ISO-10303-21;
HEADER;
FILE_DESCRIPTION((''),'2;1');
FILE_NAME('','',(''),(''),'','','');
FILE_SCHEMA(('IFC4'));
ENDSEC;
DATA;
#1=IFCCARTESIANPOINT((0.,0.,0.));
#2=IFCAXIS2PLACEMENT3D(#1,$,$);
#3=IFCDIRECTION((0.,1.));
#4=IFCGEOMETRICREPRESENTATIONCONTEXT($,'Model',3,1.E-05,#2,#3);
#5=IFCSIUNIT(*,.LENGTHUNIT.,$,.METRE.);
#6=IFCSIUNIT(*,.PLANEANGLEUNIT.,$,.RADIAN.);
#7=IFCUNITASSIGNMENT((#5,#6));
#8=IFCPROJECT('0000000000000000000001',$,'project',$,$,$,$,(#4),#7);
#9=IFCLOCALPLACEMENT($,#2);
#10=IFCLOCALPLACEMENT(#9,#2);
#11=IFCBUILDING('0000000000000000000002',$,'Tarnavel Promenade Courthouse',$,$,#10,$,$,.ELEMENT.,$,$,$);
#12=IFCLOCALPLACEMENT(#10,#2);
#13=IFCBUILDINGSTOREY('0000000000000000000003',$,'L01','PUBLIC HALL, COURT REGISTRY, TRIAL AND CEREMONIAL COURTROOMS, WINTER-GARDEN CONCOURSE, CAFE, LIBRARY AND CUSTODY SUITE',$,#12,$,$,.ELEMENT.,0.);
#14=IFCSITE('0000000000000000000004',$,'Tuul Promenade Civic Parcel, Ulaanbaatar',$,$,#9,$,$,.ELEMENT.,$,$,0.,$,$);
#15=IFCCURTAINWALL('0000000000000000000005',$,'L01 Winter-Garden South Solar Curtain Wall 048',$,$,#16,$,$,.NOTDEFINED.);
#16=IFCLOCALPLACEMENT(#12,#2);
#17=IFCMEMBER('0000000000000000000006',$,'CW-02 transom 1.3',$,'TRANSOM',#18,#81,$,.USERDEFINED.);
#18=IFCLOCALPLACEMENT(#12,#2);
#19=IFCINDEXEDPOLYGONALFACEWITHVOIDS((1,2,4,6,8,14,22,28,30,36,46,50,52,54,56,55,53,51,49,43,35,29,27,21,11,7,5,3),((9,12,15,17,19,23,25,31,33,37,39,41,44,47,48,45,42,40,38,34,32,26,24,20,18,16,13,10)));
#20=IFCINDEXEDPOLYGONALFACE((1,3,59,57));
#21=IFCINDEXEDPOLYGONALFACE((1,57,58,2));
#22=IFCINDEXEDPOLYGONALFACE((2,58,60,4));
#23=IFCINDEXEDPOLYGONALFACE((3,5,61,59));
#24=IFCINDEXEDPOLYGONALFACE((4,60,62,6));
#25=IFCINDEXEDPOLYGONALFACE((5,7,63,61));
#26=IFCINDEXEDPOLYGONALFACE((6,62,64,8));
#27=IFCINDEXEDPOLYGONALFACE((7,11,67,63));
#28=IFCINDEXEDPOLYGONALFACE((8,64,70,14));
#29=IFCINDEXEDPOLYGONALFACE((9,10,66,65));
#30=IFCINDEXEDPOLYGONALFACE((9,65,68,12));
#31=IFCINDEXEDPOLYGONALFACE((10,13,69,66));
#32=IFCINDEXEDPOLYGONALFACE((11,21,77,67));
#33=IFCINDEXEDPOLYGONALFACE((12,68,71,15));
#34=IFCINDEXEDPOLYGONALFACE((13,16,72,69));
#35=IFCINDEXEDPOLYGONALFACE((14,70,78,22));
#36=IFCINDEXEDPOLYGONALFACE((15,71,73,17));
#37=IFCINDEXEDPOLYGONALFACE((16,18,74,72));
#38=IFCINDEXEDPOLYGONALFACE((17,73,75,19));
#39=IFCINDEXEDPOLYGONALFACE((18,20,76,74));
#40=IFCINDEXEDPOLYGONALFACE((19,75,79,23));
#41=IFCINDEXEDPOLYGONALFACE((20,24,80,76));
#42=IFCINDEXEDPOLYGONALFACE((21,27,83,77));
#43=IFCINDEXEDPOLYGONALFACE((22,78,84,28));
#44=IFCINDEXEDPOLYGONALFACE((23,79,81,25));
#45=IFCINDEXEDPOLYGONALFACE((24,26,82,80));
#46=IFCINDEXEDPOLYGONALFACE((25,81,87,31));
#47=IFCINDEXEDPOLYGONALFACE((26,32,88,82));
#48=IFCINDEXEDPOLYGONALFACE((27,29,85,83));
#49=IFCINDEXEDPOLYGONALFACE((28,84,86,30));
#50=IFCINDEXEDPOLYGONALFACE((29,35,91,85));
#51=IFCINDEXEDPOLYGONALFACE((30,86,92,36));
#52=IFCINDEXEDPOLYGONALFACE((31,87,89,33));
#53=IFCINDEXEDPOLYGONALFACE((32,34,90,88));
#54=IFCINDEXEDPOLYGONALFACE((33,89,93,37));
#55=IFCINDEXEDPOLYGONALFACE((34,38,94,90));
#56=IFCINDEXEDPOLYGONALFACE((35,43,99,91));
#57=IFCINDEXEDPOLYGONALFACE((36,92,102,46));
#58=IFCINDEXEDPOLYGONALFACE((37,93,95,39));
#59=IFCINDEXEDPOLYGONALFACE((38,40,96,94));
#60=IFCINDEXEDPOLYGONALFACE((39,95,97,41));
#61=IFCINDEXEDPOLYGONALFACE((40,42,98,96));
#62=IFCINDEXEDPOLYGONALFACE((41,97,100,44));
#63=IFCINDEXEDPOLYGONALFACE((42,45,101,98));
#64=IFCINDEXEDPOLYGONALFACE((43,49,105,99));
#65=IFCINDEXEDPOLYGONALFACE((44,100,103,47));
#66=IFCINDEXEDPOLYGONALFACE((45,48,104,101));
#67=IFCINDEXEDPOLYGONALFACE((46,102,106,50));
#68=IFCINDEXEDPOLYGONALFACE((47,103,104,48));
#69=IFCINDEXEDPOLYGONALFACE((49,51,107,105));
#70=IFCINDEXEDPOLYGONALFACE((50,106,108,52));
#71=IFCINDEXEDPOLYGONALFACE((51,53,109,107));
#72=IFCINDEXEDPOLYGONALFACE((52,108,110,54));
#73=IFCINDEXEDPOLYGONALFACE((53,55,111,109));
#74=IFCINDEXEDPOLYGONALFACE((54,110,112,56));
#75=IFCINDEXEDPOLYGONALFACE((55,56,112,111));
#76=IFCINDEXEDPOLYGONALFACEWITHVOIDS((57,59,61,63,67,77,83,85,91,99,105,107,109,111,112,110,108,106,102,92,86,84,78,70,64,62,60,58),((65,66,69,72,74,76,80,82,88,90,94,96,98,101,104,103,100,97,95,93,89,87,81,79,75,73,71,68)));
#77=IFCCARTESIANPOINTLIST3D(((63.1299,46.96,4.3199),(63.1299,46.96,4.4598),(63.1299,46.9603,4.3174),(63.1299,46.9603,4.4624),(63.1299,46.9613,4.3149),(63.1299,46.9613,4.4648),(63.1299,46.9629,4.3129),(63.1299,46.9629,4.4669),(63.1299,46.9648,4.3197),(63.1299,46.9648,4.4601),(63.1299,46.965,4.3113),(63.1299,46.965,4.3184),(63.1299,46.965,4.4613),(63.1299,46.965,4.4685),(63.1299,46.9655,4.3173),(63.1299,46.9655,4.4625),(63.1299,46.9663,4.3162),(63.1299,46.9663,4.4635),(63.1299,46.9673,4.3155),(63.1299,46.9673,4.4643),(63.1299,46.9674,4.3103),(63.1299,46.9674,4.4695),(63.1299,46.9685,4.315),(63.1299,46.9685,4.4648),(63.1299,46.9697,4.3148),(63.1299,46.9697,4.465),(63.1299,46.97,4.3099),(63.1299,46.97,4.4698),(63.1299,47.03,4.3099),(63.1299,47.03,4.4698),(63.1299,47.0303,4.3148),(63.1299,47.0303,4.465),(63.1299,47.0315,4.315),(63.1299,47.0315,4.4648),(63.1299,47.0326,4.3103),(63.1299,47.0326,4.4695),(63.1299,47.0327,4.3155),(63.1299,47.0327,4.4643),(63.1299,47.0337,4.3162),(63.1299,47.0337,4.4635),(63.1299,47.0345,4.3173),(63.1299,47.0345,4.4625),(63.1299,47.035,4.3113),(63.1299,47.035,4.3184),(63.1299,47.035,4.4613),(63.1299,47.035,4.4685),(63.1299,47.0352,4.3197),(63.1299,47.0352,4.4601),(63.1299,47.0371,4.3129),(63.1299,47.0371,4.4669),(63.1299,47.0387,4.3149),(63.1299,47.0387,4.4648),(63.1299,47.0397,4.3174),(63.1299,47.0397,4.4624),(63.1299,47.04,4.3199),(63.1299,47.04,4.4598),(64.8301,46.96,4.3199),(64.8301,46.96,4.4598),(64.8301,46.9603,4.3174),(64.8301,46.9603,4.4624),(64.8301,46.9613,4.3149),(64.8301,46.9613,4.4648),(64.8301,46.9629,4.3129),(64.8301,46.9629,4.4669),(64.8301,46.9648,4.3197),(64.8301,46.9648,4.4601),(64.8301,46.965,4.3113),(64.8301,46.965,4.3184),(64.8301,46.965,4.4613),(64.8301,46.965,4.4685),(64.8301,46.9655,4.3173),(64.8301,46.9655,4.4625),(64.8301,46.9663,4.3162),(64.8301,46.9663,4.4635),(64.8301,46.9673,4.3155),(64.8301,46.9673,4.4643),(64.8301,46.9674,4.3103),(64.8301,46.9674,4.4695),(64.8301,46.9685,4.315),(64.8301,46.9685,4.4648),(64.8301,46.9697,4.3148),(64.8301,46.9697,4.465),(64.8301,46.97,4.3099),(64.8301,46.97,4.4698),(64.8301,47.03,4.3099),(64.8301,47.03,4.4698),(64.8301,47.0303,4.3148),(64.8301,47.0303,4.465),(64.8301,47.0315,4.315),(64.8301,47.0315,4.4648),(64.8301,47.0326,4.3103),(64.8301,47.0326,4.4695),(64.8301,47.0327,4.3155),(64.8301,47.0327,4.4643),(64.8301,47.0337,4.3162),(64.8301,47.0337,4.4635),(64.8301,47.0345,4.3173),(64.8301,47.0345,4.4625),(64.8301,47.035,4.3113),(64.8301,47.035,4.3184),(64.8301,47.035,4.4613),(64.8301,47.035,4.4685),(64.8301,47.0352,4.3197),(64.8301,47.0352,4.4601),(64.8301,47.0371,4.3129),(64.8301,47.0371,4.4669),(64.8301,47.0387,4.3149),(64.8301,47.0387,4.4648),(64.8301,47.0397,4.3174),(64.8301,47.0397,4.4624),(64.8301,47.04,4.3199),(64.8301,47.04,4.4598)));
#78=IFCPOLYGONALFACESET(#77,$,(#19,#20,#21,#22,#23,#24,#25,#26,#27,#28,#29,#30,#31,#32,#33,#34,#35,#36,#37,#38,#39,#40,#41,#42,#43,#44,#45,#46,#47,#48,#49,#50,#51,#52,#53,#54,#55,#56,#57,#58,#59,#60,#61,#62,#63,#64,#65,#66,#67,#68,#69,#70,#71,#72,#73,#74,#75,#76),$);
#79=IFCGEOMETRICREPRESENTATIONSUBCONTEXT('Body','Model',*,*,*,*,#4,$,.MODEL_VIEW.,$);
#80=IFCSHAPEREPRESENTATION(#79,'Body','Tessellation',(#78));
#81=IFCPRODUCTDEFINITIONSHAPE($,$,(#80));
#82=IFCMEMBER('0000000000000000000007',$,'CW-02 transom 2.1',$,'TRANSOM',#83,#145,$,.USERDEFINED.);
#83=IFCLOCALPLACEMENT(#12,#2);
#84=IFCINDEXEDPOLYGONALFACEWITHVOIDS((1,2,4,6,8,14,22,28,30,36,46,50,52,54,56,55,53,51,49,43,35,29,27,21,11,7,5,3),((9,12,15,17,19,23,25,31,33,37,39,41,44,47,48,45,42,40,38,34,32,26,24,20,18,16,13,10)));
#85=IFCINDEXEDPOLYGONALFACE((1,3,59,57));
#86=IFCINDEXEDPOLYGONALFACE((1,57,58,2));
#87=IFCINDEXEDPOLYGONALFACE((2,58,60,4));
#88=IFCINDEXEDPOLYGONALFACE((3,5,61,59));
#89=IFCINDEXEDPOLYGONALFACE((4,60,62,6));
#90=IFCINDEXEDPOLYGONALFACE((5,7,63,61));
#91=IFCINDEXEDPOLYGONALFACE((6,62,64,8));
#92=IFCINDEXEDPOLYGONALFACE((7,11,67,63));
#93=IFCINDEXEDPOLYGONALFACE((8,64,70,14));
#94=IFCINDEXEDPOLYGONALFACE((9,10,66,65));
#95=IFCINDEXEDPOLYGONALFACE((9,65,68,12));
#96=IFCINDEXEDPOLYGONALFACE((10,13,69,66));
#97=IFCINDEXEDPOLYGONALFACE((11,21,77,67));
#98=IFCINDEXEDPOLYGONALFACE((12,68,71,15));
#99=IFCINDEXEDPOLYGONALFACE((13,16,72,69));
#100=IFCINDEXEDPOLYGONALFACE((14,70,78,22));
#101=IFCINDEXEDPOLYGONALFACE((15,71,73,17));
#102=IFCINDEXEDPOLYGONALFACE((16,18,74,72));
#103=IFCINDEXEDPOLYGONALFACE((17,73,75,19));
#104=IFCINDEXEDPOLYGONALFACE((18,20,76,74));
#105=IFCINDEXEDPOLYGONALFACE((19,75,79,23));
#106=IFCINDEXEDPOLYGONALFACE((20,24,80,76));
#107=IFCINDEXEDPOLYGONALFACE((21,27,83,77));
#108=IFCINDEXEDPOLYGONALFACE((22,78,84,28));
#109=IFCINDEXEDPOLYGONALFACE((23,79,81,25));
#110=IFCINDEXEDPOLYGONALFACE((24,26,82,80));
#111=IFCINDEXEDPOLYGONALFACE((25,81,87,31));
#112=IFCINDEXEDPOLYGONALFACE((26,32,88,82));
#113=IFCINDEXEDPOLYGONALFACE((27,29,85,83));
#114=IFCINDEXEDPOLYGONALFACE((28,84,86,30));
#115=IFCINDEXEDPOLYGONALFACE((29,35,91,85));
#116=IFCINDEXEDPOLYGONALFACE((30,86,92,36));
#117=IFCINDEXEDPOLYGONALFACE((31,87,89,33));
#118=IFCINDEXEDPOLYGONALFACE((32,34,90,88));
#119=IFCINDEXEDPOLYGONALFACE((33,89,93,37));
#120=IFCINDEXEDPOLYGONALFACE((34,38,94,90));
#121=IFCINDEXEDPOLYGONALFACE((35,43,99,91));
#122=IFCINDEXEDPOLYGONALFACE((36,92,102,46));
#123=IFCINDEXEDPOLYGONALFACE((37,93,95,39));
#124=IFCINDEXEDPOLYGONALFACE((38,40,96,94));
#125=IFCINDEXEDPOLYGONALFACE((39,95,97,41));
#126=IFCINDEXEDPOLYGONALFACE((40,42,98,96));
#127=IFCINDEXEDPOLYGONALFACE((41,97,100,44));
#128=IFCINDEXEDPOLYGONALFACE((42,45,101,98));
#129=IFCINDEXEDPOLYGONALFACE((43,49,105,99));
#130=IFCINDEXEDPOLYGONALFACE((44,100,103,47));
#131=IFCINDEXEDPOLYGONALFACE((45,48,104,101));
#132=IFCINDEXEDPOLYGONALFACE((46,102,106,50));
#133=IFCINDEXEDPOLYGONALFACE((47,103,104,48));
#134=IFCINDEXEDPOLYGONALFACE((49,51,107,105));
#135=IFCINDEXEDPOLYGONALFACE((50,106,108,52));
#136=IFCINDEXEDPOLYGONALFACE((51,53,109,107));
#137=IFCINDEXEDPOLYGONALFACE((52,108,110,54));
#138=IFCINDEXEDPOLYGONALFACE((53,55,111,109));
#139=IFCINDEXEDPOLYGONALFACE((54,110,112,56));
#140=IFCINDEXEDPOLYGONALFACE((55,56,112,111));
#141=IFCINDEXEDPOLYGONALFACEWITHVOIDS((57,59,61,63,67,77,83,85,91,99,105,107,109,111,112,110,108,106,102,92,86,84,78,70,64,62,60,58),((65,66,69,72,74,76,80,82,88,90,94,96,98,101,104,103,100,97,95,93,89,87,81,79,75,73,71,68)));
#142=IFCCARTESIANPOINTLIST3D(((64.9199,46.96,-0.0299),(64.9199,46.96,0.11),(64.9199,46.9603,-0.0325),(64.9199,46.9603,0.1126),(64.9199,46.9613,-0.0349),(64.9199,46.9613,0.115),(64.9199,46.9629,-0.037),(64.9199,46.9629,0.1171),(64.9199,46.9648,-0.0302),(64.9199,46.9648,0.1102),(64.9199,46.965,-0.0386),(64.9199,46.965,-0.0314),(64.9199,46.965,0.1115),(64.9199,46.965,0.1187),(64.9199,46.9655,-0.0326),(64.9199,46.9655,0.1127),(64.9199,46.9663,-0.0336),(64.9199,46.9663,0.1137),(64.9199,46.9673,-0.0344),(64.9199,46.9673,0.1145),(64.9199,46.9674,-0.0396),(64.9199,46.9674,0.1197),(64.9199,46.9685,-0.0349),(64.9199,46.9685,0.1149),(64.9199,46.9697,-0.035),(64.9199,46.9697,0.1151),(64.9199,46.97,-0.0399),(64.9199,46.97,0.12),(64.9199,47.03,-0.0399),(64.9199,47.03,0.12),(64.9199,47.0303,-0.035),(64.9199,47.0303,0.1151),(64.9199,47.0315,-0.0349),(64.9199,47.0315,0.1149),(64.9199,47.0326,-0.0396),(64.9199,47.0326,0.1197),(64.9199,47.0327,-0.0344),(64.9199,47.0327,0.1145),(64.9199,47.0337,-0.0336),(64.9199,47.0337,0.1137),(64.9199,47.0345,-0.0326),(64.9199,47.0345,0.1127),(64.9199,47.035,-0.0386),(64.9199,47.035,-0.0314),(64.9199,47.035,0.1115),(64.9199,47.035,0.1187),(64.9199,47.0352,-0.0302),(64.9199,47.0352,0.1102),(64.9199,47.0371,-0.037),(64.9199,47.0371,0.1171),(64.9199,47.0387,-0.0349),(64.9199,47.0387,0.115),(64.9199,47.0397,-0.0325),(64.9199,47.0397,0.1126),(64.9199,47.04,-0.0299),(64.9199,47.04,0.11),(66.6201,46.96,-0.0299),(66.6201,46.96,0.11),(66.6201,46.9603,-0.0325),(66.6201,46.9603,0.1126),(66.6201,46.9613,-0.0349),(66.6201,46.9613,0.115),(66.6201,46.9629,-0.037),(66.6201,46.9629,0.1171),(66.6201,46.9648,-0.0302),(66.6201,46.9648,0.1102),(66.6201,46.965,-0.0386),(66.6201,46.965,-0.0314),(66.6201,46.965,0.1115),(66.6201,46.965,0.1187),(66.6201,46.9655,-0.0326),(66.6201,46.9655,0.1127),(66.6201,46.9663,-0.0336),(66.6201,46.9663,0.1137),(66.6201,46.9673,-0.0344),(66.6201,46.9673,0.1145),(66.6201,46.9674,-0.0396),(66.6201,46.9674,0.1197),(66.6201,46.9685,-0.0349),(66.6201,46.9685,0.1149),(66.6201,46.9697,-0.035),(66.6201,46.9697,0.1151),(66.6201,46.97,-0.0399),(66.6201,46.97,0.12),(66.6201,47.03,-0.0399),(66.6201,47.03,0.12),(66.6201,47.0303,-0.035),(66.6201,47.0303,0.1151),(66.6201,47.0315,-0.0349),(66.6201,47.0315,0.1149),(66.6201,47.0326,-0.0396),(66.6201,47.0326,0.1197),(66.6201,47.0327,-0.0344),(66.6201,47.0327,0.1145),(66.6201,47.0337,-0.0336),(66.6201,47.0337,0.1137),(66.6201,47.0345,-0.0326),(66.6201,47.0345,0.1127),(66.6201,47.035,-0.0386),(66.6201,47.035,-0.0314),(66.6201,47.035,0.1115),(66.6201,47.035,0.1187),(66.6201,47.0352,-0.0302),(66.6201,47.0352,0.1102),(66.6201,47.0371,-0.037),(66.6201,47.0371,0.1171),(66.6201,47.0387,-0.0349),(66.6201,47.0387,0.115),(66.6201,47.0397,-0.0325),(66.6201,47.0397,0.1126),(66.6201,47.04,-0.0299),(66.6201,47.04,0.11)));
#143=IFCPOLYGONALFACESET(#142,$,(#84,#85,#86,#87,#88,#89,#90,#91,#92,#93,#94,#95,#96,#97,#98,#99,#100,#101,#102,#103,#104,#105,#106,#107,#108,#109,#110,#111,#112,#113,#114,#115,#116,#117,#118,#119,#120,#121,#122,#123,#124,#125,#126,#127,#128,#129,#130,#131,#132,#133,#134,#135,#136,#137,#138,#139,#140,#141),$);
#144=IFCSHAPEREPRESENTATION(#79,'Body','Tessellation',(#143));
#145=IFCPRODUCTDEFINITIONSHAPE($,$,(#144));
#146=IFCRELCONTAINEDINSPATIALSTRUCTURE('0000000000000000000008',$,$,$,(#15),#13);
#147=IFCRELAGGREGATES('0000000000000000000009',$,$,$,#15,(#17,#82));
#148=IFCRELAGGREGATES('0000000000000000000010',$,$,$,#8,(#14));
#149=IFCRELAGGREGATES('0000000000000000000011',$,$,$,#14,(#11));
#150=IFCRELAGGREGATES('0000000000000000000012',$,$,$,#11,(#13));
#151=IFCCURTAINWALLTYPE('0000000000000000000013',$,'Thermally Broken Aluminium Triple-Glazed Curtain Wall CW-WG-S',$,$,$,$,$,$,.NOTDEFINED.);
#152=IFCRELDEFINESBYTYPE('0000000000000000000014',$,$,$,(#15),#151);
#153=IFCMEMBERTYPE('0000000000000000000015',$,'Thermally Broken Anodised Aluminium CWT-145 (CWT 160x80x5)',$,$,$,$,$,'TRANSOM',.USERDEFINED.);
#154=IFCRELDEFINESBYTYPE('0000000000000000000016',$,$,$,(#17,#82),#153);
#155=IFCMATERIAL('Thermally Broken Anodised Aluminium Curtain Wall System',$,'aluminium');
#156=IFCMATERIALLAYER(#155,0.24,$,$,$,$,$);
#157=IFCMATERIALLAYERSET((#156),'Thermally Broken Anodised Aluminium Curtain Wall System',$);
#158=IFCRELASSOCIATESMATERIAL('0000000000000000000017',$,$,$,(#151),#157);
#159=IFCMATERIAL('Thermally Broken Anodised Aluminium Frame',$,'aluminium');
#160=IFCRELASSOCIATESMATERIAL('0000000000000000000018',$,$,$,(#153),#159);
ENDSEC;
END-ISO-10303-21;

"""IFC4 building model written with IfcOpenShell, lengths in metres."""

from ifc_helpers import new_model, si_unit, direction, frame, origin, origin_2d, place, context, subcontext, project, spatial, hollow_rectangle, extrude, material, layer, layer_set, material_profile, profile_set, type_object, element, aggregate, save


model = new_model("IFC4")

# Units and contexts
model_context = context("Model", 3, precision=1e-05, world=origin(), true_north=direction((0.0, 1.0)))
body_context = subcontext(model_context, "Body", "Model", "MODEL_VIEW")
ifc_project = project(units=[si_unit("LENGTHUNIT", "METRE"), si_unit("PLANEANGLEUNIT", "RADIAN")], contexts=[model_context])

# Site, building, storey
site_placement = place(None, origin())
site = spatial("IfcSite", under=ifc_project, at=site_placement, Name="Tuul Promenade Civic Parcel, Ulaanbaatar", CompositionType="ELEMENT", RefElevation=0.0)
building_placement = place(site_placement, origin())
building = spatial("IfcBuilding", under=site, at=building_placement, Name="Tarnavel Promenade Courthouse", CompositionType="ELEMENT")
storey_placement = place(building_placement, origin())
storey = spatial("IfcBuildingStorey", under=building, at=storey_placement, Name="L01", Description="PUBLIC HALL, COURT REGISTRY, TRIAL AND CEREMONIAL COURTROOMS, WINTER-GARDEN CONCOURSE, CAFE, LIBRARY AND CUSTODY SUITE", CompositionType="ELEMENT", Elevation=0.0)

# Curtain wall
ifc_material_1 = material(Name="Thermally Broken Anodised Aluminium Curtain Wall System", Category="aluminium")
ifc_layer_1 = layer(ifc_material_1, 0.24)
ifc_layer_set_1 = layer_set([ifc_layer_1], Name="Thermally Broken Anodised Aluminium Curtain Wall System")
curtain_wall_type = type_object("IfcCurtainWallType", Name="Thermally Broken Aluminium Triple-Glazed Curtain Wall CW-WG-S", PredefinedType="NOTDEFINED", material=ifc_layer_set_1)
ifc_material_2 = material(Name="Thermally Broken Anodised Aluminium Frame", Category="aluminium")
curtain_wall_1_placement = place(storey_placement, origin())
curtain_wall_1 = element("IfcCurtainWall", 1, at=curtain_wall_1_placement, inside=storey, type_object=curtain_wall_type, Name="L01 Winter-Garden South Solar Curtain Wall 048", PredefinedType="NOTDEFINED")

# Members
ifc_material_profile_1 = material_profile(ifc_material_2, hollow_rectangle(XDim=0.0801, YDim=0.1599, WallThickness=0.0049, InnerFilletRadius=0.0049, OuterFilletRadius=0.01, at=origin_2d()), Name="CWT 160x80x5")
ifc_profile_set_1 = profile_set([ifc_material_profile_1], Name="Thermally Broken Anodised Aluminium Frame")
member_type_1 = type_object("IfcMemberType", Name="Thermally Broken Anodised Aluminium CWT-145 (CWT 160x80x5)", ElementType="TRANSOM", PredefinedType="USERDEFINED", material=ifc_profile_set_1)
member_1_placement = place(storey_placement, frame((63.1299, 47.0, 4.3899), z_axis=(1.0, 0.0, 0.0), x_axis=(0.0, 1.0, 0.0)))
member_1 = element("IfcMember", 2, at=member_1_placement, type_object=member_type_1, Name="CW-02 transom 1.3", ObjectType="TRANSOM", PredefinedType="USERDEFINED", context=body_context, shape_type="SweptSolid", body=[
    extrude(hollow_rectangle(XDim=0.0801, YDim=0.1599, WallThickness=0.0049, InnerFilletRadius=0.0049, OuterFilletRadius=0.01, at=origin_2d()), origin(), (0.0, 0.0, 1.0), 1.7002),
])
member_2_placement = place(storey_placement, frame((64.9199, 47.0, 0.04), z_axis=(1.0, 0.0, 0.0), x_axis=(0.0, 1.0, 0.0)))
member_2 = element("IfcMember", 3, at=member_2_placement, type_object=member_type_1, Name="CW-02 transom 2.1", ObjectType="TRANSOM", PredefinedType="USERDEFINED", context=body_context, shape_type="SweptSolid", body=[
    extrude(hollow_rectangle(XDim=0.0801, YDim=0.1599, WallThickness=0.0049, InnerFilletRadius=0.0049, OuterFilletRadius=0.01, at=origin_2d()), origin(), (0.0, 0.0, 1.0), 1.7002),
])

aggregate(curtain_wall_1, [member_1, member_2])

save(model, "model.ifc")
